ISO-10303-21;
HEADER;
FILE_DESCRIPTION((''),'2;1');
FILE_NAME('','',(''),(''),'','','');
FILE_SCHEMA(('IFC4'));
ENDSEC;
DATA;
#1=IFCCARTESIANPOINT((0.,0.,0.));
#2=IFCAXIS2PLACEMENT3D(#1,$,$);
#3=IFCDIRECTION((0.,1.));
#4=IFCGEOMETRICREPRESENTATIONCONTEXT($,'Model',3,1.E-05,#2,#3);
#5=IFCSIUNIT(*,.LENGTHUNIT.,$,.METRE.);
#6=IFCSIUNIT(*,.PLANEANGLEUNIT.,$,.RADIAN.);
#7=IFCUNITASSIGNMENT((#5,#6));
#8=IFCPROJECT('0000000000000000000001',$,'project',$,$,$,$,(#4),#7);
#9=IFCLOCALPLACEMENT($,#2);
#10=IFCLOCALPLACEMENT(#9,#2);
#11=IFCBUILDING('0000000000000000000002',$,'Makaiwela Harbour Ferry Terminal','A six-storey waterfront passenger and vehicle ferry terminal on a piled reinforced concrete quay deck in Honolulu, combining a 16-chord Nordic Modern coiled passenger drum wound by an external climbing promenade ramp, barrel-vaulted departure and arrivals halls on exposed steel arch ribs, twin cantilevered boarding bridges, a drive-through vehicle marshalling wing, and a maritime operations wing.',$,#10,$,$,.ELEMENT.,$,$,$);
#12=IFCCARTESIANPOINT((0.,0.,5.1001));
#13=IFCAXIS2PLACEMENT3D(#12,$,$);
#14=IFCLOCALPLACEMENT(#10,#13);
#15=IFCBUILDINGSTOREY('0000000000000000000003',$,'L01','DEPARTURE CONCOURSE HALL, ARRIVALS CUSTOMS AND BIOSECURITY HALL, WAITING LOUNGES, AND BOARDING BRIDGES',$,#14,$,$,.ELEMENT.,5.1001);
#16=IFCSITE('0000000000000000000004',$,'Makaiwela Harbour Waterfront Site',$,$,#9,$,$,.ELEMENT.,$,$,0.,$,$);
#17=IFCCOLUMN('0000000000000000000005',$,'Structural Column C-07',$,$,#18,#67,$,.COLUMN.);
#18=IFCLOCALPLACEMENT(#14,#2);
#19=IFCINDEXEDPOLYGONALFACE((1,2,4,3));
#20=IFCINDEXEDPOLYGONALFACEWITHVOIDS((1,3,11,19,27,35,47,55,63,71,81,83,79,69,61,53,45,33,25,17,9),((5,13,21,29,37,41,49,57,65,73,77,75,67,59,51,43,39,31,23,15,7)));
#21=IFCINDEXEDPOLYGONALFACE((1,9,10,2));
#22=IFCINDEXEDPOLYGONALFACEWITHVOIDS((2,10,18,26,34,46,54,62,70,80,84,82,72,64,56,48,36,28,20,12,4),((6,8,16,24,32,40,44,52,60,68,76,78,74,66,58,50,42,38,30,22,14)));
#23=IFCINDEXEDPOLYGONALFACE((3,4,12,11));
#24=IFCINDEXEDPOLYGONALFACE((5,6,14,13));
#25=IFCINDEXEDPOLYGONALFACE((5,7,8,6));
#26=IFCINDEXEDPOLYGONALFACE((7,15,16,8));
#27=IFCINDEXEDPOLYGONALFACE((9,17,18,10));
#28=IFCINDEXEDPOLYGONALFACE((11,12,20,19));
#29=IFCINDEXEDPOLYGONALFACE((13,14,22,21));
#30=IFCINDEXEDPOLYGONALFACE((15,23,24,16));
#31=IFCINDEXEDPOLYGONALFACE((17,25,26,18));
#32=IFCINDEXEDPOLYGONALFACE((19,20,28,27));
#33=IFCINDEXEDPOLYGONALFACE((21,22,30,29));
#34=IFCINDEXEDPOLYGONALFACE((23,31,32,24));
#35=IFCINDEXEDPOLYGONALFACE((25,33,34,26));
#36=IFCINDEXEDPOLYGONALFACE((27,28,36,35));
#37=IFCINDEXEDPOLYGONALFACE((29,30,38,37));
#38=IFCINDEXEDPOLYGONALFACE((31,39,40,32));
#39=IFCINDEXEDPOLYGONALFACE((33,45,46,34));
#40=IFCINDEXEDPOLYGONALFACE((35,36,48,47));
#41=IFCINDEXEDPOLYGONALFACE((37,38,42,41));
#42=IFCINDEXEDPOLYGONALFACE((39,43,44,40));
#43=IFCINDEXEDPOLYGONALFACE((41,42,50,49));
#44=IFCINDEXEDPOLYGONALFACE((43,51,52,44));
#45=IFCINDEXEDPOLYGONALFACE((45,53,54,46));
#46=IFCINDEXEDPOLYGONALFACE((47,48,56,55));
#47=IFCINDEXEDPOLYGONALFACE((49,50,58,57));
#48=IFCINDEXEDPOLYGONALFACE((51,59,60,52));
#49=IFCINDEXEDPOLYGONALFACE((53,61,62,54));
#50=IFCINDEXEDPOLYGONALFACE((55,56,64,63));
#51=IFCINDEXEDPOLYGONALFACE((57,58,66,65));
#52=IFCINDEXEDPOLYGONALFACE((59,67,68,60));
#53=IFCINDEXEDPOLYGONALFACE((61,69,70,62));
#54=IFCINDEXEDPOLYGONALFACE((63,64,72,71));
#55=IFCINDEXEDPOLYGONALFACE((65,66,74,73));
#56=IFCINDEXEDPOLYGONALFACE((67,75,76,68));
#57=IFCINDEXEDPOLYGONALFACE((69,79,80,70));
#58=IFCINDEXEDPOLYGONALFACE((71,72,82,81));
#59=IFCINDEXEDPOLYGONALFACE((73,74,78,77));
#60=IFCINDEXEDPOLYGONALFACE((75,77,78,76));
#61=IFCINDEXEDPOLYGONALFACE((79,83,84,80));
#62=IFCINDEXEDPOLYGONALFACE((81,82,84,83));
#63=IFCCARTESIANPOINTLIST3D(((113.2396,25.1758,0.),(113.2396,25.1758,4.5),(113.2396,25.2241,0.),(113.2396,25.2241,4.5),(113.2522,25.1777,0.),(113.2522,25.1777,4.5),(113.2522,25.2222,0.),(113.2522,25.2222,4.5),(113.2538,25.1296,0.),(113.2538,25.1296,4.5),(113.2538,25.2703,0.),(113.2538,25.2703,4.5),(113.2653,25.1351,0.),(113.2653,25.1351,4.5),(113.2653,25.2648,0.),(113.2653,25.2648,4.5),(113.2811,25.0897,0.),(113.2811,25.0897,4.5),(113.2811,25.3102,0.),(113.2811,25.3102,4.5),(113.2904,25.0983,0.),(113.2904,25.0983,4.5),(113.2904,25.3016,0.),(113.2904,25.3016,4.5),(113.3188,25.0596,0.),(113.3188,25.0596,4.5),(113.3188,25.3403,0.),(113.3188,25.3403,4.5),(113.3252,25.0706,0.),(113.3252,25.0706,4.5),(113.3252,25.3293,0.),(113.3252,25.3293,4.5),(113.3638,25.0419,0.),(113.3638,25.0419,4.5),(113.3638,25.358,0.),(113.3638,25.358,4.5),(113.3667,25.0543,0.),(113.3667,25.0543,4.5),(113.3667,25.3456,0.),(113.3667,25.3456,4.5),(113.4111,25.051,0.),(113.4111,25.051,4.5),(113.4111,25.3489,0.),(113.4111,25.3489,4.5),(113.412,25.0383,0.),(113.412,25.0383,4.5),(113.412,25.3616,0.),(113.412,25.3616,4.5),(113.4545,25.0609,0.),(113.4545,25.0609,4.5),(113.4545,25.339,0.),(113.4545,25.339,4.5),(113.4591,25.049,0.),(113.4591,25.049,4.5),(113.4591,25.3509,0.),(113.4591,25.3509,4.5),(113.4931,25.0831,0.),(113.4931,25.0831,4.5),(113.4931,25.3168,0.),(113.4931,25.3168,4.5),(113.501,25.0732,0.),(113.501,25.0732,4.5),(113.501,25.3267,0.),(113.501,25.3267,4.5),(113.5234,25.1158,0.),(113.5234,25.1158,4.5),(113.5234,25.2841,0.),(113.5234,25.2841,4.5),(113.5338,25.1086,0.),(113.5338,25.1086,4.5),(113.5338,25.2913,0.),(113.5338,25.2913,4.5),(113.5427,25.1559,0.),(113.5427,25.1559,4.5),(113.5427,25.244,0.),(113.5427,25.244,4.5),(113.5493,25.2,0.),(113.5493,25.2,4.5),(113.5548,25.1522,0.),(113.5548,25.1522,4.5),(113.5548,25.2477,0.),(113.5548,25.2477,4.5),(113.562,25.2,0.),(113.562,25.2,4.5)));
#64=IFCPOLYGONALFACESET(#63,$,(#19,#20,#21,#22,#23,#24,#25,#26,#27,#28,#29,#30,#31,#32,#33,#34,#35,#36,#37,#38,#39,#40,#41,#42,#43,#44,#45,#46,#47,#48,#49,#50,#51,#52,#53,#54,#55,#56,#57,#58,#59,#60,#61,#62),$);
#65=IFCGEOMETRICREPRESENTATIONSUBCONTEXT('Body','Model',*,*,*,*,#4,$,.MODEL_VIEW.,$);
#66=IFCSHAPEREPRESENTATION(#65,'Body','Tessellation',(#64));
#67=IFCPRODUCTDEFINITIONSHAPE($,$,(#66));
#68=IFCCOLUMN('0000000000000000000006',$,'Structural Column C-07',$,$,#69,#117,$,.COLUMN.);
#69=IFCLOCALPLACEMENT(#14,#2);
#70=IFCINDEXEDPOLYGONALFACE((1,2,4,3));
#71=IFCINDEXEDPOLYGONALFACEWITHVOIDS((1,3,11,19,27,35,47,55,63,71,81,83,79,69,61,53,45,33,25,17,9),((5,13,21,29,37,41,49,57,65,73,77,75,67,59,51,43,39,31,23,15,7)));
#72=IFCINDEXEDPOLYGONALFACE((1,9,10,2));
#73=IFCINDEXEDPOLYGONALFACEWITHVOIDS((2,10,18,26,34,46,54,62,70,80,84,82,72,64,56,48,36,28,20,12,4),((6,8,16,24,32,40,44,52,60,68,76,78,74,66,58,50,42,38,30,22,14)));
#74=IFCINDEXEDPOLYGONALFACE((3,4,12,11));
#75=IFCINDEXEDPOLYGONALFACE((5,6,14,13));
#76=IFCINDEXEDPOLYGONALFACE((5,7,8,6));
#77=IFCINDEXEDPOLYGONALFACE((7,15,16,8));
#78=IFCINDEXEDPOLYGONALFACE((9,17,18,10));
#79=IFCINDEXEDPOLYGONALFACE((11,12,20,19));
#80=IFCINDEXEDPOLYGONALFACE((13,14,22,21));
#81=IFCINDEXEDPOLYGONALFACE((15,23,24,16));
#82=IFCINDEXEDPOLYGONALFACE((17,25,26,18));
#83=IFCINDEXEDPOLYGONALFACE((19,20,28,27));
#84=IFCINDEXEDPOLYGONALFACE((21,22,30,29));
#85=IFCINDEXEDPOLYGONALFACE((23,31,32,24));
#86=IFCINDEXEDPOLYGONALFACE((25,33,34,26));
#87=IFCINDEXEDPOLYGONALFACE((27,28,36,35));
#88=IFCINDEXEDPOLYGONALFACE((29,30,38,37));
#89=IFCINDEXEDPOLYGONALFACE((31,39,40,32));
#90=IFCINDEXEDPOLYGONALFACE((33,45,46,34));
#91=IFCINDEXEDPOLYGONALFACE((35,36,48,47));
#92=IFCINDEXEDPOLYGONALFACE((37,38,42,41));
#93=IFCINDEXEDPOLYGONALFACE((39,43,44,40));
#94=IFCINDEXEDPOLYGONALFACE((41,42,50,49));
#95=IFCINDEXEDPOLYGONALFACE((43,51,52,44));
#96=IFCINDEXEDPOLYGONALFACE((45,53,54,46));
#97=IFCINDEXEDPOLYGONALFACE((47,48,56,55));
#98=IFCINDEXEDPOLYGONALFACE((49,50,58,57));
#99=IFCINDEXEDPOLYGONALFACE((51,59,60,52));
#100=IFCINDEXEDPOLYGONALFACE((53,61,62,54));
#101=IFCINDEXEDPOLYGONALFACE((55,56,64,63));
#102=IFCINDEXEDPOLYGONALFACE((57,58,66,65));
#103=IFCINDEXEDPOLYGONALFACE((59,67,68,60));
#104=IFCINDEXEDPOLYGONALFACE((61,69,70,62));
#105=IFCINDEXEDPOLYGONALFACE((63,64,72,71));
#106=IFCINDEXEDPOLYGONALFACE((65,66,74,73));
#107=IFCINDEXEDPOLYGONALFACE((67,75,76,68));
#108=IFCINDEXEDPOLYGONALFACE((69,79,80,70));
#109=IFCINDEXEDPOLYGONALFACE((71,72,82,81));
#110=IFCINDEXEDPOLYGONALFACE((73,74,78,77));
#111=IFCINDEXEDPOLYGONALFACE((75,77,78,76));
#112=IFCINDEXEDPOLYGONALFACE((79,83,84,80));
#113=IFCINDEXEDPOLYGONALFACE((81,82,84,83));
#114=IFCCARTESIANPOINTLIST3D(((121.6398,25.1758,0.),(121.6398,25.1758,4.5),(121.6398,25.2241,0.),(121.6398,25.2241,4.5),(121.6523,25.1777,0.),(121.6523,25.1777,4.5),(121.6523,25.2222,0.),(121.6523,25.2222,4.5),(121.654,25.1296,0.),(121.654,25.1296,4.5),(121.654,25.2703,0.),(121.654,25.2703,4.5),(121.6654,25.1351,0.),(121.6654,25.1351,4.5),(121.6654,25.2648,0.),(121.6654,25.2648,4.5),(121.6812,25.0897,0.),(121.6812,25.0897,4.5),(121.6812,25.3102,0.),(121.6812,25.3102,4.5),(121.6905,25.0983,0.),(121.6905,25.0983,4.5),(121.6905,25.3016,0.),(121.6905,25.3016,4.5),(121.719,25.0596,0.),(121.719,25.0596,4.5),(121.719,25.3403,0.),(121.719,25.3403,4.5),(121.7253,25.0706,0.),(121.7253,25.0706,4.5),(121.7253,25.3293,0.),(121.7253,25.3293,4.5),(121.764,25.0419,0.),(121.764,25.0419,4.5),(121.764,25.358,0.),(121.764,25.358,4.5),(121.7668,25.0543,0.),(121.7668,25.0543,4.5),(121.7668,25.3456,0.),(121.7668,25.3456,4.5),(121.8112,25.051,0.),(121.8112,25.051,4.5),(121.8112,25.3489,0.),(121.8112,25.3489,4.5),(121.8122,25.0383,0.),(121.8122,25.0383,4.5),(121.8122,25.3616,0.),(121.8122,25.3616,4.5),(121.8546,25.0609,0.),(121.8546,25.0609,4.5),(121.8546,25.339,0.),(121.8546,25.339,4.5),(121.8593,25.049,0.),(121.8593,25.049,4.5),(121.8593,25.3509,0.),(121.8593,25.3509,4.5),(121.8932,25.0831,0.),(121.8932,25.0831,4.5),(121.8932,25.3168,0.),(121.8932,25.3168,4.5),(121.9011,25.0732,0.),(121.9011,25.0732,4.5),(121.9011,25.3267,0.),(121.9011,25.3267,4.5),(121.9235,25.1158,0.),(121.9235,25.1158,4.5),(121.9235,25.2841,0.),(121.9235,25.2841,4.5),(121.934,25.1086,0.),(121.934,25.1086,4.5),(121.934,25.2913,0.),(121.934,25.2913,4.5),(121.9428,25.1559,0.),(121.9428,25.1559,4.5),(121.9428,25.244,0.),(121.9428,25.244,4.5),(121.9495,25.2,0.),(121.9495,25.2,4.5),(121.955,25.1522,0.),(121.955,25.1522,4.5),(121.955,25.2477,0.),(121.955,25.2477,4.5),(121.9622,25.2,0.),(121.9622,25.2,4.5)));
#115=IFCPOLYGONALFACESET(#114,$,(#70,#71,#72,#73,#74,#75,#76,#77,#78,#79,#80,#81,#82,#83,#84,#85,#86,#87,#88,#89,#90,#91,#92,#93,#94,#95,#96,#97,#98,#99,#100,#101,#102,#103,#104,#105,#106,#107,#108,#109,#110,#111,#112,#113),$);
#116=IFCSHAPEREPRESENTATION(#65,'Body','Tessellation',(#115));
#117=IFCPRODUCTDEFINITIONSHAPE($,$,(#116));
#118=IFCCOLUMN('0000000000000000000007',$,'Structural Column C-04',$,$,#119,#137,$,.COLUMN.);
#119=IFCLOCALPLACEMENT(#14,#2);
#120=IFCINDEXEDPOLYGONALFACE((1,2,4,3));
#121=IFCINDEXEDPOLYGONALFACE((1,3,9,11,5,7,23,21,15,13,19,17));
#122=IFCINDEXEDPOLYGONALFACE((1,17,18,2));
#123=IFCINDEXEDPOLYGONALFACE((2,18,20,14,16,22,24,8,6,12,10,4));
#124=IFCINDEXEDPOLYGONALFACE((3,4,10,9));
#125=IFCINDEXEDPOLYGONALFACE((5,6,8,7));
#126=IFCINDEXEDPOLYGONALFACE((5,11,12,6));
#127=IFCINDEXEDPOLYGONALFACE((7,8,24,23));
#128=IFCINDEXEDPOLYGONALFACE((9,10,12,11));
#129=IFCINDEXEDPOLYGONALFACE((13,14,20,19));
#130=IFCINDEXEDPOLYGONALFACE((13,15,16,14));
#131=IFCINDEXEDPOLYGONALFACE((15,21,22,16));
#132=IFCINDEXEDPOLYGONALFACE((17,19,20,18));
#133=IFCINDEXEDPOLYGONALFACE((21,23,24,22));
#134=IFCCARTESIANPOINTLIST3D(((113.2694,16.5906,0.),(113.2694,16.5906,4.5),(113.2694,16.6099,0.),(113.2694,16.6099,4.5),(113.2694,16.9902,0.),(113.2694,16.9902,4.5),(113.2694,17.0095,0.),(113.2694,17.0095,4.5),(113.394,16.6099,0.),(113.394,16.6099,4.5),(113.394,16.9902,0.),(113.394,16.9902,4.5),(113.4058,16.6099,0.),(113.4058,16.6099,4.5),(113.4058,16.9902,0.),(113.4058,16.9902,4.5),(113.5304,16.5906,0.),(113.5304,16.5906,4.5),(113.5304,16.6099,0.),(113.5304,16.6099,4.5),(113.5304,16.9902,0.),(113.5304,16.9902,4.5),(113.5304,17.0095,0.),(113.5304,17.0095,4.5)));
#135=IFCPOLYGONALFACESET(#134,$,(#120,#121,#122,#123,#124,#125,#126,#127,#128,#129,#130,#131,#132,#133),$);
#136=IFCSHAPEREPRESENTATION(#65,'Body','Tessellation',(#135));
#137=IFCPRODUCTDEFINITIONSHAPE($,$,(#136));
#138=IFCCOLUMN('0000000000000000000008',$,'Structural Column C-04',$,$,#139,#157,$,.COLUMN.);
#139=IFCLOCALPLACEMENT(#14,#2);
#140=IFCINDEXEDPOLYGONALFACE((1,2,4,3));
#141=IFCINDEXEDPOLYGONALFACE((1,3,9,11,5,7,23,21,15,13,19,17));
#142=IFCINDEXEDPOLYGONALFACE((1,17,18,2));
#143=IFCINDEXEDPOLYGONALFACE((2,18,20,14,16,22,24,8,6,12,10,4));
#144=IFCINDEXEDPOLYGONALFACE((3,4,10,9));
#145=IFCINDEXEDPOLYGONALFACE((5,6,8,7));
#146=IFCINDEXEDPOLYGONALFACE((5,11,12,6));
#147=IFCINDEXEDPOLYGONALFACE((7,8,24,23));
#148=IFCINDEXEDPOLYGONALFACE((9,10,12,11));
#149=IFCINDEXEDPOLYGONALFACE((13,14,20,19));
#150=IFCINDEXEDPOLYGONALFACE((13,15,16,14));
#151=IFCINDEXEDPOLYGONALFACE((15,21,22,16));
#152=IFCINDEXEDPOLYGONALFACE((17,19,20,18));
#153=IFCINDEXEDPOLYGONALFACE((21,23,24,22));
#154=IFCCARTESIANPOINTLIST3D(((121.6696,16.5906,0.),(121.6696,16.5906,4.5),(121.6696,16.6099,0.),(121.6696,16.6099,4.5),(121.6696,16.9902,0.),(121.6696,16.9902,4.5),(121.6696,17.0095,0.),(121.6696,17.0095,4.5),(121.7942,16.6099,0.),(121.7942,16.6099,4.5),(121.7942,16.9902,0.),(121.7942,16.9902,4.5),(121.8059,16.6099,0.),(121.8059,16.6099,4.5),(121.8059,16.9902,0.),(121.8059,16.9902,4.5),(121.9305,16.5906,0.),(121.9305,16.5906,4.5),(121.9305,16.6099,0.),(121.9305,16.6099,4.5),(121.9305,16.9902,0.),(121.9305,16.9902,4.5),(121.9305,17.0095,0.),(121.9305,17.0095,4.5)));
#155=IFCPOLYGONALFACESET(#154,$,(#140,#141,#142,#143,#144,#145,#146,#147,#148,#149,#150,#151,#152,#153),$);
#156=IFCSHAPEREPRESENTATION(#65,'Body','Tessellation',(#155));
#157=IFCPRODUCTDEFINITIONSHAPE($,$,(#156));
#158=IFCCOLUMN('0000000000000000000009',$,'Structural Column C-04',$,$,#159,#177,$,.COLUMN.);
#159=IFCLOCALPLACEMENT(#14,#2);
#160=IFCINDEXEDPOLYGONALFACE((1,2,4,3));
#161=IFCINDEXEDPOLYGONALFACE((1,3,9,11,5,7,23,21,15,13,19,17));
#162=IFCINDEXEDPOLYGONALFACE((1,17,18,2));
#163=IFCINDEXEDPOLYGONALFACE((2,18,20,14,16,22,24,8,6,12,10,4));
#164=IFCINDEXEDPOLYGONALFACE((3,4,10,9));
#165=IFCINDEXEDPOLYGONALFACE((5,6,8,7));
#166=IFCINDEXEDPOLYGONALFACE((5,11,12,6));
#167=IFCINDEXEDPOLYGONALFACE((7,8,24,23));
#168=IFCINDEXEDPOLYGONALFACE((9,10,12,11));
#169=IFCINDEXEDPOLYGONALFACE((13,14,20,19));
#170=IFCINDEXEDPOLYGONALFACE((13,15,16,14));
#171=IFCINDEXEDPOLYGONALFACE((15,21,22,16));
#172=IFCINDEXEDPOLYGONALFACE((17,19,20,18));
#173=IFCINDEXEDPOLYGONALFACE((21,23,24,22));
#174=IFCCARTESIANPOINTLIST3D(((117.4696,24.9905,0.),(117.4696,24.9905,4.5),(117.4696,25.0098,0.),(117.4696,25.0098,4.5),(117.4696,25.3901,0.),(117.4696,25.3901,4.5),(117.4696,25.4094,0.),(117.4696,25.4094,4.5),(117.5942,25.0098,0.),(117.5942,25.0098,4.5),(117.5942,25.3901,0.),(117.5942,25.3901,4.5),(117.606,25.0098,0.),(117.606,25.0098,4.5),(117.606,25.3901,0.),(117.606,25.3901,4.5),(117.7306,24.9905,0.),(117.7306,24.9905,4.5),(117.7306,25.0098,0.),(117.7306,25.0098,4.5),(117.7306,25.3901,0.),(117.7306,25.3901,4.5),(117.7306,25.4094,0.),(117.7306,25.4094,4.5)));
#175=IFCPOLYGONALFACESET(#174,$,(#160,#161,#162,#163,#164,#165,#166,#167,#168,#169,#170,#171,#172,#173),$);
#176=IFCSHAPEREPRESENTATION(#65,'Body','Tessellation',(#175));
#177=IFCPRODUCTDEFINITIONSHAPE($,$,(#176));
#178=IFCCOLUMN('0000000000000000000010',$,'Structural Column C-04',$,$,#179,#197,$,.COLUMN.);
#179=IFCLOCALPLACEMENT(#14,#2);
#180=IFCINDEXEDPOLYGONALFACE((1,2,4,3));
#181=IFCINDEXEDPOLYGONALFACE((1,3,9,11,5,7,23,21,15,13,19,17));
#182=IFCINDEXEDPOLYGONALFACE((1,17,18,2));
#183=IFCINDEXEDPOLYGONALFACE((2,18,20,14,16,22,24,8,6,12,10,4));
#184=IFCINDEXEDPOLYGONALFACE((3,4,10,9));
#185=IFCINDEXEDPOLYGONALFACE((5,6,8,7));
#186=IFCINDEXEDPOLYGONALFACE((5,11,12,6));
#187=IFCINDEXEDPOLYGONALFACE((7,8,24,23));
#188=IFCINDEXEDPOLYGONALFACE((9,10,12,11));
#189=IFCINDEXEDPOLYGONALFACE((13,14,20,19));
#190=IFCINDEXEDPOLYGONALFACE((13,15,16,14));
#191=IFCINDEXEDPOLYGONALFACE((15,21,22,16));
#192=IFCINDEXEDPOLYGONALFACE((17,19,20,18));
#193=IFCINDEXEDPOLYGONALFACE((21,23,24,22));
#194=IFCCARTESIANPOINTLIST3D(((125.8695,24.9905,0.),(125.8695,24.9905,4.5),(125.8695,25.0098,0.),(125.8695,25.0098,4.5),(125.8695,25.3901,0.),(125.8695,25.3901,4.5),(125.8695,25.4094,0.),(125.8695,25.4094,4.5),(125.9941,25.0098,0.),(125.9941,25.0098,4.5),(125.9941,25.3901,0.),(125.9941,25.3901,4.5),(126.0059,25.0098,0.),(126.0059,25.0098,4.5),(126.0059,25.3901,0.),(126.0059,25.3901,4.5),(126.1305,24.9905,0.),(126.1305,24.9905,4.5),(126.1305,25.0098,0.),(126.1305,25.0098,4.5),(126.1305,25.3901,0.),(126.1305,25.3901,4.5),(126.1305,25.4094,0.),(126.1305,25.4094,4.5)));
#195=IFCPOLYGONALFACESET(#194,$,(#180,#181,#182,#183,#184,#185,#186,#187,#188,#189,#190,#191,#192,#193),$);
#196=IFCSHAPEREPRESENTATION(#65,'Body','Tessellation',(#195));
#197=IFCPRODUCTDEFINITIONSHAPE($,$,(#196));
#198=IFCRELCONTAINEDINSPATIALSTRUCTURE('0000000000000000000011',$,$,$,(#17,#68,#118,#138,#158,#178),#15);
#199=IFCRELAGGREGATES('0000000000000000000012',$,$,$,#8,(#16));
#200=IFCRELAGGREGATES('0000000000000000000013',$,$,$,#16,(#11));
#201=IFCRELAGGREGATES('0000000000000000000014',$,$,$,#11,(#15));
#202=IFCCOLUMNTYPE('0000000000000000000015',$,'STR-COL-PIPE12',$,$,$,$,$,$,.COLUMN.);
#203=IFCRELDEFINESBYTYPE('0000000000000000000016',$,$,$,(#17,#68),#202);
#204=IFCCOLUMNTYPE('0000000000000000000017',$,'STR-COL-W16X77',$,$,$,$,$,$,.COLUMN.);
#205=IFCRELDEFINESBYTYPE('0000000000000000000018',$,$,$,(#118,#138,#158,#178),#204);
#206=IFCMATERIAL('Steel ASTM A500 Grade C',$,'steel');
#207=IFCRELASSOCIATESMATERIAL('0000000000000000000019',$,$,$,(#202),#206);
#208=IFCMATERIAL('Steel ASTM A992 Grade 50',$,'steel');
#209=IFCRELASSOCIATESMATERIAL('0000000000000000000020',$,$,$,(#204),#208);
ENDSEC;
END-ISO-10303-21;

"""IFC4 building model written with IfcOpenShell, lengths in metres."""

from ifc_helpers import new_model, si_unit, direction, frame, origin, origin_2d, place, context, subcontext, project, spatial, hollow_circle, i_section, extrude, material, material_profile, profile_set, type_object, element, save


model = new_model("IFC4")

# Units and contexts
model_context = context("Model", 3, precision=1e-05, world=origin(), true_north=direction((0.0, 1.0)))
body_context = subcontext(model_context, "Body", "Model", "MODEL_VIEW")
ifc_project = project(units=[si_unit("LENGTHUNIT", "METRE"), si_unit("PLANEANGLEUNIT", "RADIAN")], contexts=[model_context])

# Site, building, storey
site_placement = place(None, origin())
site = spatial("IfcSite", under=ifc_project, at=site_placement, Name="Makaiwela Harbour Waterfront Site", CompositionType="ELEMENT", RefElevation=0.0)
building_placement = place(site_placement, origin())
building = spatial("IfcBuilding", under=site, at=building_placement, Name="Makaiwela Harbour Ferry Terminal", Description="A six-storey waterfront passenger and vehicle ferry terminal on a piled reinforced concrete quay deck in Honolulu, combining a 16-chord Nordic Modern coiled passenger drum wound by an external climbing promenade ramp, barrel-vaulted departure and arrivals halls on exposed steel arch ribs, twin cantilevered boarding bridges, a drive-through vehicle marshalling wing, and a maritime operations wing.", CompositionType="ELEMENT")
storey_placement = place(building_placement, frame((0.0, 0.0, 5.1001)))
storey = spatial("IfcBuildingStorey", under=building, at=storey_placement, Name="L01", Description="DEPARTURE CONCOURSE HALL, ARRIVALS CUSTOMS AND BIOSECURITY HALL, WAITING LOUNGES, AND BOARDING BRIDGES", CompositionType="ELEMENT", Elevation=5.1001)

# Columns
ifc_material_1 = material(Name="Steel ASTM A500 Grade C", Category="steel")
ifc_material_profile_1 = material_profile(ifc_material_1, hollow_circle(Radius=0.1621, WallThickness=0.0127, at=origin_2d()), Name="PIPE12XS")
ifc_profile_set_1 = profile_set([ifc_material_profile_1], Name="Steel ASTM A500 Grade C")
column_type_1 = type_object("IfcColumnType", Name="STR-COL-PIPE12", PredefinedType="COLUMN", material=ifc_profile_set_1)
for number, where, z_axis, x_axis, name in (
    (1, (113.3999, 25.2, 0.0), (0.0, 0.0, 1.0), (1.0, 0.0, 0.0), "Structural Column C-07"),
    (2, (121.8, 25.2, 0.0), (0.0, 0.0, 1.0), (1.0, 0.0, 0.0), "Structural Column C-07"),
):
    element("IfcColumn", number, at=place(storey_placement, frame(where, z_axis=z_axis, x_axis=x_axis)), inside=storey, type_object=column_type_1, Name=name, PredefinedType="COLUMN", context=body_context, shape_type="SweptSolid", body=[
        extrude(hollow_circle(Radius=0.1621, WallThickness=0.0127, at=origin_2d()), origin(), (0.0, 0.0, 1.0), 4.5),
    ])
ifc_material_2 = material(Name="Steel ASTM A992 Grade 50", Category="steel")
ifc_material_profile_2 = material_profile(ifc_material_2, i_section(OverallWidth=0.261, OverallDepth=0.4189, WebThickness=0.0117, FlangeThickness=0.0193, at=origin_2d()), Name="W16X77")
ifc_profile_set_2 = profile_set([ifc_material_profile_2], Name="Steel ASTM A992 Grade 50")
column_type_2 = type_object("IfcColumnType", Name="STR-COL-W16X77", PredefinedType="COLUMN", material=ifc_profile_set_2)
for number, where, z_axis, x_axis, name in (
    (3, (113.3999, 16.8, 0.0), (0.0, 0.0, 1.0), (1.0, 0.0, 0.0), "Structural Column C-04"),
    (4, (121.8, 16.8, 0.0), (0.0, 0.0, 1.0), (1.0, 0.0, 0.0), "Structural Column C-04"),
    (5, (117.6001, 25.2, 0.0), (0.0, 0.0, 1.0), (1.0, 0.0, 0.0), "Structural Column C-04"),
    (6, (126.0, 25.2, 0.0), (0.0, 0.0, 1.0), (1.0, 0.0, 0.0), "Structural Column C-04"),
):
    element("IfcColumn", number, at=place(storey_placement, frame(where, z_axis=z_axis, x_axis=x_axis)), inside=storey, type_object=column_type_2, Name=name, PredefinedType="COLUMN", context=body_context, shape_type="SweptSolid", body=[
        extrude(i_section(OverallWidth=0.261, OverallDepth=0.4189, WebThickness=0.0117, FlangeThickness=0.0193, at=origin_2d()), origin(), (0.0, 0.0, 1.0), 4.5),
    ])

save(model, "model.ifc")
